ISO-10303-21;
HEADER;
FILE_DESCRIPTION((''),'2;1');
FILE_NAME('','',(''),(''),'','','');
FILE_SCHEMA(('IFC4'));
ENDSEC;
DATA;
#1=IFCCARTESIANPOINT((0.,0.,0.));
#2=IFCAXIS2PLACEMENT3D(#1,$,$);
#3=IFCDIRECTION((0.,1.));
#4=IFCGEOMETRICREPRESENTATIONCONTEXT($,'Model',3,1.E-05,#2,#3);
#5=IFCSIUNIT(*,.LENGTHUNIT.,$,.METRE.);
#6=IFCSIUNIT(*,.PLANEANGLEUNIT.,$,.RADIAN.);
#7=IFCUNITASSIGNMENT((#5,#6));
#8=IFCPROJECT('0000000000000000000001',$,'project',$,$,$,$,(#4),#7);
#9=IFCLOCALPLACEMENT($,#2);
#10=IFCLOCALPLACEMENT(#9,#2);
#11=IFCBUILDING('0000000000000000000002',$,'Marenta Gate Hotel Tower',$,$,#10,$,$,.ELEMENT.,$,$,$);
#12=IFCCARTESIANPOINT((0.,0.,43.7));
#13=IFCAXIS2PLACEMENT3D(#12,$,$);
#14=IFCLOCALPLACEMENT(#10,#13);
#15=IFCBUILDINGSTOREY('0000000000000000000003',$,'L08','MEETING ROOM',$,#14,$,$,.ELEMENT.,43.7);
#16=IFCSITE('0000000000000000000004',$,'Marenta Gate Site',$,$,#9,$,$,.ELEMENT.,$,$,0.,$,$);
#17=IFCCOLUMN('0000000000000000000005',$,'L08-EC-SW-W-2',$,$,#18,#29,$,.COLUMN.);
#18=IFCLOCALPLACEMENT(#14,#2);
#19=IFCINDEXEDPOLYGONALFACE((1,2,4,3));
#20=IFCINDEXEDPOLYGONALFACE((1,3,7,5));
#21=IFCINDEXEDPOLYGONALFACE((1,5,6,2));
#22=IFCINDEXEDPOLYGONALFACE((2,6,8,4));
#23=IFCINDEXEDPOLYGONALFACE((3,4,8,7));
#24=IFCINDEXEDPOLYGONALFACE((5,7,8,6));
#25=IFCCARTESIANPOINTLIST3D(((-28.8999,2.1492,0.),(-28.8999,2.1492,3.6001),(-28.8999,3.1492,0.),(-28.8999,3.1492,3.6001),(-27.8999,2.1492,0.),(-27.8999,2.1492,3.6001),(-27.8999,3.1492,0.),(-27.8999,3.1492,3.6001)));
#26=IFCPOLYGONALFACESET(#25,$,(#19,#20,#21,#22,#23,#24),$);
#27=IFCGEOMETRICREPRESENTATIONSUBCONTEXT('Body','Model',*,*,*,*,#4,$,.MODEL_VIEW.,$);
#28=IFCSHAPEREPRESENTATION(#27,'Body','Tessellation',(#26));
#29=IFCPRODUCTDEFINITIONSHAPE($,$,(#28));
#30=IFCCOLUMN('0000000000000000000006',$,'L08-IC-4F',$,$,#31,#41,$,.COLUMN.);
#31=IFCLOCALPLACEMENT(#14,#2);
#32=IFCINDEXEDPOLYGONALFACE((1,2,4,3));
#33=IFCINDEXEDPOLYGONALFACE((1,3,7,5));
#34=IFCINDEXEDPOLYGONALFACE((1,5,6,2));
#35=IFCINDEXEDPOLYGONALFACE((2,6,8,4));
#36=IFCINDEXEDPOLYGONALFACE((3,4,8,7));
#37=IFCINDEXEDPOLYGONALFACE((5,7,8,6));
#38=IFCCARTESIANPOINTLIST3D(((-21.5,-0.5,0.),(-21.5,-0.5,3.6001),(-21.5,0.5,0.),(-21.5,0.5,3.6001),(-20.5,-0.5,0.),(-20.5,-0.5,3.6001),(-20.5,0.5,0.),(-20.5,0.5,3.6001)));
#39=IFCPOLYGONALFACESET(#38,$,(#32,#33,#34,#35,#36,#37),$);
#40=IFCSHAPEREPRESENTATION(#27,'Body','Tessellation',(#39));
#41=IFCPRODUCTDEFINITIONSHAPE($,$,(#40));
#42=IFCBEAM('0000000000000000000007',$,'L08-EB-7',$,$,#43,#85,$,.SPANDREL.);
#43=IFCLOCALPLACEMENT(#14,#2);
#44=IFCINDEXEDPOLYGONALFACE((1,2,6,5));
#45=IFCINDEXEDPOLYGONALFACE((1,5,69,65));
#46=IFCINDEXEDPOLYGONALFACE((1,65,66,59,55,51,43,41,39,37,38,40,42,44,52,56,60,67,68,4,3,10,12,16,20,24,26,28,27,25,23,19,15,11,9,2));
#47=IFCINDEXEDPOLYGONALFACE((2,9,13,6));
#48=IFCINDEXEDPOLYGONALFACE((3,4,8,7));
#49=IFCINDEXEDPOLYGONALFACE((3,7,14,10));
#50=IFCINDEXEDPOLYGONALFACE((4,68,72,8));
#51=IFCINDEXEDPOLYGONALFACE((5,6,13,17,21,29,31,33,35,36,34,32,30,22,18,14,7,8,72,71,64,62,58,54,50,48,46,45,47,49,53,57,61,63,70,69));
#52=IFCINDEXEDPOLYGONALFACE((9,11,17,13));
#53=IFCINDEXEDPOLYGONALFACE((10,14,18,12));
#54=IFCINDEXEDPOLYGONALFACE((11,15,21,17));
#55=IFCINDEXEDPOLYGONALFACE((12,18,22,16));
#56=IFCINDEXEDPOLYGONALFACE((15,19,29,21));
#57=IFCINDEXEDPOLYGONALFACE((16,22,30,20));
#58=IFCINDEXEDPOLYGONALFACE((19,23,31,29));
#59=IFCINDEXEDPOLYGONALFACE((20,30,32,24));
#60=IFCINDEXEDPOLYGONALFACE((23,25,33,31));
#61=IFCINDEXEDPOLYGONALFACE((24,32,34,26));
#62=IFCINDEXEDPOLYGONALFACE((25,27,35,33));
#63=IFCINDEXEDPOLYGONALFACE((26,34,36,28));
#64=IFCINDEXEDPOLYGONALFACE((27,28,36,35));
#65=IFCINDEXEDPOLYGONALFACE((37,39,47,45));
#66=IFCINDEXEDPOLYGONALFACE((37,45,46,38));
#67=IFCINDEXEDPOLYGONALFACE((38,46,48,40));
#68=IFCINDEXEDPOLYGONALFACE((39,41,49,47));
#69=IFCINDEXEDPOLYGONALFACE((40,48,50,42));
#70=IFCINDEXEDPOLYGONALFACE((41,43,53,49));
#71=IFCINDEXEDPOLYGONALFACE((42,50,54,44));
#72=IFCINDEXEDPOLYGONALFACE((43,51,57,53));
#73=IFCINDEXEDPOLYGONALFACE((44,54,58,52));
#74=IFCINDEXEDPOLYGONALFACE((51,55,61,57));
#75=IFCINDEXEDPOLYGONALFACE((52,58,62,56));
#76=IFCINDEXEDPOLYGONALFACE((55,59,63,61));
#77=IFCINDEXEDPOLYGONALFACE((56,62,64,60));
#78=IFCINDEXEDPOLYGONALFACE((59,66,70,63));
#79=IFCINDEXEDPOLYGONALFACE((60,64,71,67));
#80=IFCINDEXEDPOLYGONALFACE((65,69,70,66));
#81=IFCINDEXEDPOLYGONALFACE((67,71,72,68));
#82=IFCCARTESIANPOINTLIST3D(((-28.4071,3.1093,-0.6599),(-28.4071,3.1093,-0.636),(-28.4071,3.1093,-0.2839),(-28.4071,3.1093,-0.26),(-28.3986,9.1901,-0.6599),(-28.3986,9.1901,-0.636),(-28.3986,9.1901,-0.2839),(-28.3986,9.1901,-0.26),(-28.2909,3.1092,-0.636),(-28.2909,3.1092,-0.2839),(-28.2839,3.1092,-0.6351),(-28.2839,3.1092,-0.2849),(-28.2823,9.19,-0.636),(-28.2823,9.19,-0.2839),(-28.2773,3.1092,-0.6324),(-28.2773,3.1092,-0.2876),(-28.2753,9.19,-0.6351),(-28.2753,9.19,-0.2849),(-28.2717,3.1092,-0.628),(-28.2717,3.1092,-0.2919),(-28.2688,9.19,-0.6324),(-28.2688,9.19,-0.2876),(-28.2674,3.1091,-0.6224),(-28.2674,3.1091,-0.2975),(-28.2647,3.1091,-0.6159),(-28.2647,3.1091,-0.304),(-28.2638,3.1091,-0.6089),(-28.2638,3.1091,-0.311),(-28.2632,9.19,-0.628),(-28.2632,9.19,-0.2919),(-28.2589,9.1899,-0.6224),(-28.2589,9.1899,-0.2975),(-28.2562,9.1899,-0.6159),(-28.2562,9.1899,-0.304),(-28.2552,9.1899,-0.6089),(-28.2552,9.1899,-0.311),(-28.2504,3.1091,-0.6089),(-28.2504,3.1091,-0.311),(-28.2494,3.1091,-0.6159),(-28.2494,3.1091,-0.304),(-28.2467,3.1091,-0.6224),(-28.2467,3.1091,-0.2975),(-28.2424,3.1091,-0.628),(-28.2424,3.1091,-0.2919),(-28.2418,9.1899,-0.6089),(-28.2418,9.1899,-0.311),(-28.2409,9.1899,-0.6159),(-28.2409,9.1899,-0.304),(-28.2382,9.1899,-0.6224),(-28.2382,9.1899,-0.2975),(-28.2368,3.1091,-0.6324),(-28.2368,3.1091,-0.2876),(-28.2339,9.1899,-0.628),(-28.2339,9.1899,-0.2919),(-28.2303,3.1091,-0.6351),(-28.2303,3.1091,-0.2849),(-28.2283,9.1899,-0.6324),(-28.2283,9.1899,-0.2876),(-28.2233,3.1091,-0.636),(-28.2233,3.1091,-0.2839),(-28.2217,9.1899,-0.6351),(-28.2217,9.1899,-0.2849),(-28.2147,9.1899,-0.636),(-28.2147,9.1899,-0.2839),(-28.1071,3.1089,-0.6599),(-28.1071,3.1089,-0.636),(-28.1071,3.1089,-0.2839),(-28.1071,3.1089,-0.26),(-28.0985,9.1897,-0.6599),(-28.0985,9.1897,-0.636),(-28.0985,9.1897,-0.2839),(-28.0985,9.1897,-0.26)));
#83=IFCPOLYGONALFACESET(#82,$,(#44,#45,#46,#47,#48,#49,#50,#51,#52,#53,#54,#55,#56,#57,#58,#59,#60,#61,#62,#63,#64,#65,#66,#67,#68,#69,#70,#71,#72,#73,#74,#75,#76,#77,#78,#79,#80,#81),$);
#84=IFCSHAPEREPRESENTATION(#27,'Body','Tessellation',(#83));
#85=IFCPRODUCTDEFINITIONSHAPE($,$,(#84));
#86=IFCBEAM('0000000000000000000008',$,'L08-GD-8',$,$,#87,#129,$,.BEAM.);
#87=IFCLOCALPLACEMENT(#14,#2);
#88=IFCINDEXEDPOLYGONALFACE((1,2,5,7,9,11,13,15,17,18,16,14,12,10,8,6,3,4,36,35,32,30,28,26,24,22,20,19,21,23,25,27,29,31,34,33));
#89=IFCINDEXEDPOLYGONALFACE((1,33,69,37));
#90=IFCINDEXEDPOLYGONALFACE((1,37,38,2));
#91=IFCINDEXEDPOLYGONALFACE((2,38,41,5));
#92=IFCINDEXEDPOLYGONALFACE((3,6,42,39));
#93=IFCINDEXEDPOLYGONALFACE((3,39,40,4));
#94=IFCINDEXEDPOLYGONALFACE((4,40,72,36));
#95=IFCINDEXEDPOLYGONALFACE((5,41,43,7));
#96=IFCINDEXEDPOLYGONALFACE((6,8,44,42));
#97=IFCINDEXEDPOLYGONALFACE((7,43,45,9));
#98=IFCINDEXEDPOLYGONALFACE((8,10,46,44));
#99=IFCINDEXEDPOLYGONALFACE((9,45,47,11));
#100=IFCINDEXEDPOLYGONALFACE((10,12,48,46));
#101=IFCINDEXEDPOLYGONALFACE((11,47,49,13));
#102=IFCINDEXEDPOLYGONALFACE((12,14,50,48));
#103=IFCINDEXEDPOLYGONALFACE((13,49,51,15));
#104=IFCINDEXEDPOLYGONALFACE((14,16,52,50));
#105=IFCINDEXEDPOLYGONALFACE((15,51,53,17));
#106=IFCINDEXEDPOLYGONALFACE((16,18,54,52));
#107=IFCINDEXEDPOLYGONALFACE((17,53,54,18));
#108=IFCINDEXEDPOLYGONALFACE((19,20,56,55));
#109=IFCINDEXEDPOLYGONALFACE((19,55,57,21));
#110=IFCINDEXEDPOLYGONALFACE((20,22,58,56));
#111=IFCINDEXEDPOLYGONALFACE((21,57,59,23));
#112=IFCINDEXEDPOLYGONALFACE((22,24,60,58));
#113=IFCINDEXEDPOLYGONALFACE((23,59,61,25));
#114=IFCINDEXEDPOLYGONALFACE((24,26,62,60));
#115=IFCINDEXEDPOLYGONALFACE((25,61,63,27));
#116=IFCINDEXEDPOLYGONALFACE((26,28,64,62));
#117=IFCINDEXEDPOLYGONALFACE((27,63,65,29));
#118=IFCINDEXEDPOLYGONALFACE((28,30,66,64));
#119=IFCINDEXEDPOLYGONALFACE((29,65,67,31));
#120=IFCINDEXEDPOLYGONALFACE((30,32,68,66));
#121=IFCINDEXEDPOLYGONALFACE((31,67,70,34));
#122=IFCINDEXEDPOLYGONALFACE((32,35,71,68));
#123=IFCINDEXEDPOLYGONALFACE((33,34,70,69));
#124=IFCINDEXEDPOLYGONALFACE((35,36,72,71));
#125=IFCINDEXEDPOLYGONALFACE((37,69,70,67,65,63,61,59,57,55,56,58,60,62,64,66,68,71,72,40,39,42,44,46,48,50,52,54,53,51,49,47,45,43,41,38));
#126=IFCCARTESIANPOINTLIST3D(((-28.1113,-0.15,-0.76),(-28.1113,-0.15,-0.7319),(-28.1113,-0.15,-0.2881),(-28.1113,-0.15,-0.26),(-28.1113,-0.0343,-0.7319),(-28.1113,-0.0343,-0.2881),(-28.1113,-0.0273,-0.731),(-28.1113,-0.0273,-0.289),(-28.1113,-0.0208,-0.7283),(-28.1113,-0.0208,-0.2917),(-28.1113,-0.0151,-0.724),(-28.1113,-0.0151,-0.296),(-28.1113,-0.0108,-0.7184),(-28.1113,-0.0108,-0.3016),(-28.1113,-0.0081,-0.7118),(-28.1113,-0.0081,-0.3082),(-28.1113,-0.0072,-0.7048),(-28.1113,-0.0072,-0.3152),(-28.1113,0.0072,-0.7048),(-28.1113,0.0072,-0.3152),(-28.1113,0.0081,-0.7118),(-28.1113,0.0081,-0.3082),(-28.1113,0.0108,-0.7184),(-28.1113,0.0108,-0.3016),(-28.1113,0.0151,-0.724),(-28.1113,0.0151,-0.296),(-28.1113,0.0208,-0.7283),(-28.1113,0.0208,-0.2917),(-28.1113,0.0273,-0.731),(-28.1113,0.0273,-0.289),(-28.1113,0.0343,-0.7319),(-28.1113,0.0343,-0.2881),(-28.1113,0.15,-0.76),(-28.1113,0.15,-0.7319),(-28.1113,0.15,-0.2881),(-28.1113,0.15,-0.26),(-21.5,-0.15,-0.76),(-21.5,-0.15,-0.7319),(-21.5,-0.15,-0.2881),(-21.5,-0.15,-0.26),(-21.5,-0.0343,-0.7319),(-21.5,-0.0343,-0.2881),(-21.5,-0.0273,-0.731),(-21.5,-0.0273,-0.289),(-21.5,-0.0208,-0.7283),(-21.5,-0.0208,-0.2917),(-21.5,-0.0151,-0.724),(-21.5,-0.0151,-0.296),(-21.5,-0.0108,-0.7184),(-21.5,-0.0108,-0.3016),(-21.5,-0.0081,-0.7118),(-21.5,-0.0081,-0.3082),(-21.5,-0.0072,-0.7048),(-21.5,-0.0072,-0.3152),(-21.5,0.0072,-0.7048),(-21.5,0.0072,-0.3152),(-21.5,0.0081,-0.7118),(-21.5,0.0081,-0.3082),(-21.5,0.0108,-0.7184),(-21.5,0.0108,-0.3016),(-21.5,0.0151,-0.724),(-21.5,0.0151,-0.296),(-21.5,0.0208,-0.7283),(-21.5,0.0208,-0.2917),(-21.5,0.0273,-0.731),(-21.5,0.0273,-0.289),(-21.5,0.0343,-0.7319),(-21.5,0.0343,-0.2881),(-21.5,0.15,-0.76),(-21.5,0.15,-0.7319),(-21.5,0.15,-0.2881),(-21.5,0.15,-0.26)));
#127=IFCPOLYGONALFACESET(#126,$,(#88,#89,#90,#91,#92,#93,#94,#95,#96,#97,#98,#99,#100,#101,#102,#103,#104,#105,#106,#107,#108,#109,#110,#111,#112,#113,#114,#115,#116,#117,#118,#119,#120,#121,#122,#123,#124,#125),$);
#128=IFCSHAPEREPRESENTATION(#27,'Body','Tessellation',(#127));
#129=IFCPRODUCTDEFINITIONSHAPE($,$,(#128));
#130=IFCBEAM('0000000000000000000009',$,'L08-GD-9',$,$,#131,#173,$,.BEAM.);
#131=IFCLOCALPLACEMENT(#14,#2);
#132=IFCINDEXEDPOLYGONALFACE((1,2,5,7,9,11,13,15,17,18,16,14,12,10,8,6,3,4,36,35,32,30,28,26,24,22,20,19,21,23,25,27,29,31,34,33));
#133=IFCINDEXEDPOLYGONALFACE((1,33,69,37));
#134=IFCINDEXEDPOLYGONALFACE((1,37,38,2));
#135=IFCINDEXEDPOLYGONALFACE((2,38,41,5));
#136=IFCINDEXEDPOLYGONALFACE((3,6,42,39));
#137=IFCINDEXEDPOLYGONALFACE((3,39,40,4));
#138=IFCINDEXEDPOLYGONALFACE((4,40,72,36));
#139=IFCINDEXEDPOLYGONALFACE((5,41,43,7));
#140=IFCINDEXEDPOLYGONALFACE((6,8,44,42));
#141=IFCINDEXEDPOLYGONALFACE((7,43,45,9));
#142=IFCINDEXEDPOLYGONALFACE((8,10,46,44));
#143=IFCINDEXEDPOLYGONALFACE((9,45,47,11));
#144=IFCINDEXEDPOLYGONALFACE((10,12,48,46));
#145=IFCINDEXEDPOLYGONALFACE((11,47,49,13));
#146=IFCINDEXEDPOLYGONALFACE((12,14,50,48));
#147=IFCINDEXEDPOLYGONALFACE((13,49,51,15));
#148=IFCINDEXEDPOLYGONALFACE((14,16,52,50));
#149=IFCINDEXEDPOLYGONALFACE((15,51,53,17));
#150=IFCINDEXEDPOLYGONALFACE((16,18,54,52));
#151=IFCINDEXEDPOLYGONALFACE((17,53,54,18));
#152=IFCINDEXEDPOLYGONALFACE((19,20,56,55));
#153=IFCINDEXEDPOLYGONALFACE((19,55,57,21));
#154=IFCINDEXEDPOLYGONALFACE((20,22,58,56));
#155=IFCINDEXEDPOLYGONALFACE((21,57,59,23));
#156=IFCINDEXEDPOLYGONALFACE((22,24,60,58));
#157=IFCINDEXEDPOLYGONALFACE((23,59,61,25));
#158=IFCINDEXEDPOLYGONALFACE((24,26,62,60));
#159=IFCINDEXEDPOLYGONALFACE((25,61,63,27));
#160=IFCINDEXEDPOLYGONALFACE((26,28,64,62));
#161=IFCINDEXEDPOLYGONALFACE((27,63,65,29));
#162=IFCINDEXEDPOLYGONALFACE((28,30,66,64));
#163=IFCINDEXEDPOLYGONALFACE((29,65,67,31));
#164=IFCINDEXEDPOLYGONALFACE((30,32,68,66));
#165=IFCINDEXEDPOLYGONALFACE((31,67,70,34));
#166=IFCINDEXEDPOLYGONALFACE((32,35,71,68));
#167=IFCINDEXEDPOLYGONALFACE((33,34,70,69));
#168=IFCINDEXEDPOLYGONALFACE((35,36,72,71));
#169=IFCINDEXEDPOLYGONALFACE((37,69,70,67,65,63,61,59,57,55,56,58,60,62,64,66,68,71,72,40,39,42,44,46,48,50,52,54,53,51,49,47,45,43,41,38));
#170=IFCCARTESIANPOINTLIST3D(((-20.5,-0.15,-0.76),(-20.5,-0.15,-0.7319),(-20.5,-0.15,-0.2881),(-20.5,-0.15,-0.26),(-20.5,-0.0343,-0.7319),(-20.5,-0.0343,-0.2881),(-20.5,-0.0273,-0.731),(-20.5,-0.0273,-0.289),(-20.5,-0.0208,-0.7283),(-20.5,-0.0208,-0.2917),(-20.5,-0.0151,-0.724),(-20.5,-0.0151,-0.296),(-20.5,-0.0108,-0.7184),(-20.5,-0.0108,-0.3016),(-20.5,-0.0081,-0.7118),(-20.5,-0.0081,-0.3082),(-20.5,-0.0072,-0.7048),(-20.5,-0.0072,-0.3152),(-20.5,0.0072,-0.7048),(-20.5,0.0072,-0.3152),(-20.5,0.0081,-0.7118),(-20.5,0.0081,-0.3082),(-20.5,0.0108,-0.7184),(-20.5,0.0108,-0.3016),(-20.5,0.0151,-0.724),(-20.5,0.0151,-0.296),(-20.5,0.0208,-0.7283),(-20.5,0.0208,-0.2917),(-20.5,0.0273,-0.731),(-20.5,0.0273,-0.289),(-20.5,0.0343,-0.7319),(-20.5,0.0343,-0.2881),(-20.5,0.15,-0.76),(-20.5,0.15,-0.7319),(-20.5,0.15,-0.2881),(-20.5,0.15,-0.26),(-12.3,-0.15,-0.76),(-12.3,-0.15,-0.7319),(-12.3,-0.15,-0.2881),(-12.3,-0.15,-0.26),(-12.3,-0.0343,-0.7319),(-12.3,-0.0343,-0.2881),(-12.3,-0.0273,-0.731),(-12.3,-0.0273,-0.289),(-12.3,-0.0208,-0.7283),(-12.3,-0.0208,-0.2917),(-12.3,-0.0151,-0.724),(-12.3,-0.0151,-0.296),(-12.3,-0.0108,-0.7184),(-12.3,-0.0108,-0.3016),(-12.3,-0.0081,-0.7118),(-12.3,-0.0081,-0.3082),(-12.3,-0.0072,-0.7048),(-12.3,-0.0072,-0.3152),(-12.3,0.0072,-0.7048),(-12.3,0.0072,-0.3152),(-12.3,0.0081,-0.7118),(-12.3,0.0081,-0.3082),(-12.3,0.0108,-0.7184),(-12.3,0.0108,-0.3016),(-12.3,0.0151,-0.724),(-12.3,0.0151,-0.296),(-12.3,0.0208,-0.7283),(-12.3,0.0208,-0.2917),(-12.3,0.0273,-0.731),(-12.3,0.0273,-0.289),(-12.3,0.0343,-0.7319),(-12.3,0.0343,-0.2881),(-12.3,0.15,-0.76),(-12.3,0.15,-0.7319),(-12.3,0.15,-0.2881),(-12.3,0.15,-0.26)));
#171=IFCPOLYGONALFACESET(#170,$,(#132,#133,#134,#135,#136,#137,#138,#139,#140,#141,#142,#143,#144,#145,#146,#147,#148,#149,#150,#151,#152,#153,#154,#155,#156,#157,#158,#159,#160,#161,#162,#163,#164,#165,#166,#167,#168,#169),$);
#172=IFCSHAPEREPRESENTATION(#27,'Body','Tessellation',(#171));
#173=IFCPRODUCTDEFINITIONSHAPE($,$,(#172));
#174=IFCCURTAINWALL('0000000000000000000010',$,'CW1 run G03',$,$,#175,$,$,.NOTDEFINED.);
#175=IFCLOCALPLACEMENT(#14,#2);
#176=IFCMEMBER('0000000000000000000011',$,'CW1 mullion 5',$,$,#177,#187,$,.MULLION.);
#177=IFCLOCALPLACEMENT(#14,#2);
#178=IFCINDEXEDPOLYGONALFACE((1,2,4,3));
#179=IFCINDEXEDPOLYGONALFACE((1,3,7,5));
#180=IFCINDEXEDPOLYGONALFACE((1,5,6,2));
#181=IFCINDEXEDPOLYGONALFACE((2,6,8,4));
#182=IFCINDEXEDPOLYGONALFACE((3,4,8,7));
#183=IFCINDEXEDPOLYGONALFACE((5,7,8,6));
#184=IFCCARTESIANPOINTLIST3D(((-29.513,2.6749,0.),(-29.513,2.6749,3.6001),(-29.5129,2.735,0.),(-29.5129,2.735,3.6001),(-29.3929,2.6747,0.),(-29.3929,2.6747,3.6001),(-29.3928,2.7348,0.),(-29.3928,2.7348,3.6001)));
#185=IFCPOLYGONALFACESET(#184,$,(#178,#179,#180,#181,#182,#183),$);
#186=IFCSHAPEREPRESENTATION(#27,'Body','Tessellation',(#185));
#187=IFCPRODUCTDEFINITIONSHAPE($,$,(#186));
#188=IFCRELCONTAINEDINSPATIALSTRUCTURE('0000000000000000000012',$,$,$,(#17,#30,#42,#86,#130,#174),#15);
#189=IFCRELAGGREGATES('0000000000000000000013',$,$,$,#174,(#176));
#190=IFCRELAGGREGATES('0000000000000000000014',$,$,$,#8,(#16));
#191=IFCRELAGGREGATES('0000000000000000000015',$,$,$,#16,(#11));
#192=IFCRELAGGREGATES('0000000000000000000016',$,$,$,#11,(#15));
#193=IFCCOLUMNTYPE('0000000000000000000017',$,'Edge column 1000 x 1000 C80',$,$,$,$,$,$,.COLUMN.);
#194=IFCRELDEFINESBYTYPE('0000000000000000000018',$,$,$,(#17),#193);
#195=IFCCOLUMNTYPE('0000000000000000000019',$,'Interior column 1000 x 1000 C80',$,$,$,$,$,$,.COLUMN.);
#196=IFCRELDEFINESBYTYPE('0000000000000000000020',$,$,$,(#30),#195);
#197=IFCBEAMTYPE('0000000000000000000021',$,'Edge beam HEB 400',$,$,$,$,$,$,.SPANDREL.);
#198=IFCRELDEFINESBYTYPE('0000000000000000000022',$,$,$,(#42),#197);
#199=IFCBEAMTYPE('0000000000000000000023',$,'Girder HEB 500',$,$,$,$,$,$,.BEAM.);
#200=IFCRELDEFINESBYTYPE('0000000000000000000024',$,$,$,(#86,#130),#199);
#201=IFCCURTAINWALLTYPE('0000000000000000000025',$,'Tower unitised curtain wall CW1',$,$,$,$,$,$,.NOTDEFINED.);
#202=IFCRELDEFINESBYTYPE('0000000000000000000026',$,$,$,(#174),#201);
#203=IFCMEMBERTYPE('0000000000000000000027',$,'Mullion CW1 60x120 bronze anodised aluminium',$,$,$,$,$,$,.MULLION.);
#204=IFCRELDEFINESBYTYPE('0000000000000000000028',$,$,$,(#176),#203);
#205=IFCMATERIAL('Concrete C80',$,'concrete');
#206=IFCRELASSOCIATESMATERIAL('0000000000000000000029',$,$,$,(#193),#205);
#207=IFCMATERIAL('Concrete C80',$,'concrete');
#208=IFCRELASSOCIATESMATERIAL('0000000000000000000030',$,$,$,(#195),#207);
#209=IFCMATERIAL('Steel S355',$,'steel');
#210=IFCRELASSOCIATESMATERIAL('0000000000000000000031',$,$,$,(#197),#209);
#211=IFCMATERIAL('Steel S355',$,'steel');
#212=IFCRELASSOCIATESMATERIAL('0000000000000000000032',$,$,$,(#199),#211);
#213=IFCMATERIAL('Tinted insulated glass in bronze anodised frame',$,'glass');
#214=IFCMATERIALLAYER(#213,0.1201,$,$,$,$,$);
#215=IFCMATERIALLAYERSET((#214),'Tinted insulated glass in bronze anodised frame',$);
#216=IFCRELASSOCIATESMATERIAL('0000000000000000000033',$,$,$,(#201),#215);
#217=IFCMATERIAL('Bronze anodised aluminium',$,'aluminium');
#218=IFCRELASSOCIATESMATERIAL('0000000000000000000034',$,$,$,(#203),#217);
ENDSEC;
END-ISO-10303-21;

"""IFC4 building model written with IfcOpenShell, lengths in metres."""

from ifc_helpers import new_model, si_unit, direction, frame, origin, origin_2d, place, context, subcontext, project, spatial, rectangle, i_section, extrude, material, layer, layer_set, material_profile, profile_set, type_object, element, aggregate, save


model = new_model("IFC4")

# Units and contexts
model_context = context("Model", 3, precision=1e-05, world=origin(), true_north=direction((0.0, 1.0)))
body_context = subcontext(model_context, "Body", "Model", "MODEL_VIEW")
ifc_project = project(units=[si_unit("LENGTHUNIT", "METRE"), si_unit("PLANEANGLEUNIT", "RADIAN")], contexts=[model_context])

# Site, building, storey
site_placement = place(None, origin())
site = spatial("IfcSite", under=ifc_project, at=site_placement, Name="Marenta Gate Site", CompositionType="ELEMENT", RefElevation=0.0)
building_placement = place(site_placement, origin())
building = spatial("IfcBuilding", under=site, at=building_placement, Name="Marenta Gate Hotel Tower", CompositionType="ELEMENT")
storey_placement = place(building_placement, frame((0.0, 0.0, 43.7)))
storey = spatial("IfcBuildingStorey", under=building, at=storey_placement, Name="L08", Description="MEETING ROOM", CompositionType="ELEMENT", Elevation=43.7)

# Columns
ifc_material_1 = material(Name="Concrete C80", Category="concrete")
ifc_material_profile_1 = material_profile(ifc_material_1, rectangle(XDim=1.0, YDim=1.0, at=origin_2d()), Name="1000 x 1000")
ifc_profile_set_1 = profile_set([ifc_material_profile_1], Name="Concrete C80")
column_type_1 = type_object("IfcColumnType", Name="Edge column 1000 x 1000 C80", PredefinedType="COLUMN", material=ifc_profile_set_1)
column_1_placement = place(storey_placement, frame((-28.3999, 2.6492, 0.0), z_axis=(0.0, 0.0, 1.0), x_axis=(1.0, 0.0, 0.0)))
element("IfcColumn", 1, at=column_1_placement, inside=storey, type_object=column_type_1, Name="L08-EC-SW-W-2", PredefinedType="COLUMN", context=body_context, shape_type="SweptSolid", body=[
    extrude(rectangle(XDim=1.0, YDim=1.0, at=origin_2d()), origin(), (0.0, 0.0, 1.0), 3.6001),
])
ifc_material_2 = material(Name="Concrete C80", Category="concrete")
ifc_material_profile_2 = material_profile(ifc_material_2, rectangle(XDim=1.0, YDim=1.0, at=origin_2d()), Name="1000 x 1000")
ifc_profile_set_2 = profile_set([ifc_material_profile_2], Name="Concrete C80")
column_type_2 = type_object("IfcColumnType", Name="Interior column 1000 x 1000 C80", PredefinedType="COLUMN", material=ifc_profile_set_2)
column_2_placement = place(storey_placement, frame((-21.0, 0.0, 0.0), z_axis=(0.0, 0.0, 1.0), x_axis=(1.0, 0.0, 0.0)))
element("IfcColumn", 2, at=column_2_placement, inside=storey, type_object=column_type_2, Name="L08-IC-4F", PredefinedType="COLUMN", context=body_context, shape_type="SweptSolid", body=[
    extrude(rectangle(XDim=1.0, YDim=1.0, at=origin_2d()), origin(), (0.0, 0.0, 1.0), 3.6001),
])

# Beams
ifc_material_3 = material(Name="Steel S355", Category="steel")
ifc_material_profile_3 = material_profile(ifc_material_3, i_section(OverallWidth=0.3, OverallDepth=0.3999, WebThickness=0.0134, FlangeThickness=0.0239, FilletRadius=0.0271, at=origin_2d()), Name="HEB 400")
ifc_profile_set_3 = profile_set([ifc_material_profile_3], Name="Steel S355")
beam_type_1 = type_object("IfcBeamType", Name="Edge beam HEB 400", PredefinedType="SPANDREL", material=ifc_profile_set_3)
beam_1_placement = place(storey_placement, frame((-28.2571, 3.1091, -0.46), z_axis=(0.001405, 0.999999, 0.0), x_axis=(-0.999999, 0.001405, 0.0)))
element("IfcBeam", 3, at=beam_1_placement, inside=storey, type_object=beam_type_1, Name="L08-EB-7", PredefinedType="SPANDREL", context=body_context, shape_type="SweptSolid", body=[
    extrude(i_section(OverallWidth=0.3, OverallDepth=0.3999, WebThickness=0.0134, FlangeThickness=0.0239, FilletRadius=0.0271, at=origin_2d()), origin(), (0.0, 0.0, 1.0), 6.0808),
])
ifc_material_4 = material(Name="Steel S355", Category="steel")
ifc_material_profile_4 = material_profile(ifc_material_4, i_section(OverallWidth=0.3, OverallDepth=0.5, WebThickness=0.0144, FlangeThickness=0.0281, FilletRadius=0.0271, at=origin_2d()), Name="HEB 500")
ifc_profile_set_4 = profile_set([ifc_material_profile_4], Name="Steel S355")
beam_type_2 = type_object("IfcBeamType", Name="Girder HEB 500", PredefinedType="BEAM", material=ifc_profile_set_4)
beam_2_placement = place(storey_placement, frame((-28.1113, 0.0, -0.51), z_axis=(1.0, 0.0, 0.0), x_axis=(0.0, 1.0, 0.0)))
element("IfcBeam", 4, at=beam_2_placement, inside=storey, type_object=beam_type_2, Name="L08-GD-8", PredefinedType="BEAM", context=body_context, shape_type="SweptSolid", body=[
    extrude(i_section(OverallWidth=0.3, OverallDepth=0.5, WebThickness=0.0144, FlangeThickness=0.0281, FilletRadius=0.0271, at=origin_2d()), origin(), (0.0, 0.0, 1.0), 6.6113),
])
beam_3_placement = place(storey_placement, frame((-20.5, 0.0, -0.51), z_axis=(1.0, 0.0, 0.0), x_axis=(0.0, 1.0, 0.0)))
element("IfcBeam", 5, at=beam_3_placement, inside=storey, type_object=beam_type_2, Name="L08-GD-9", PredefinedType="BEAM", context=body_context, shape_type="SweptSolid", body=[
    extrude(i_section(OverallWidth=0.3, OverallDepth=0.5, WebThickness=0.0144, FlangeThickness=0.0281, FilletRadius=0.0271, at=origin_2d()), origin(), (0.0, 0.0, 1.0), 8.2),
])

# Curtain wall, member
ifc_material_5 = material(Name="Tinted insulated glass in bronze anodised frame", Category="glass")
ifc_layer_1 = layer(ifc_material_5, 0.1201)
ifc_layer_set_1 = layer_set([ifc_layer_1], Name="Tinted insulated glass in bronze anodised frame")
curtain_wall_type = type_object("IfcCurtainWallType", Name="Tower unitised curtain wall CW1", PredefinedType="NOTDEFINED", material=ifc_layer_set_1)
curtain_wall_placement = place(storey_placement, origin())
curtain_wall = element("IfcCurtainWall", 6, at=curtain_wall_placement, inside=storey, type_object=curtain_wall_type, Name="CW1 run G03", PredefinedType="NOTDEFINED")
ifc_material_6 = material(Name="Bronze anodised aluminium", Category="aluminium")
ifc_material_profile_5 = material_profile(ifc_material_6, rectangle(XDim=0.1201, YDim=0.0601, at=origin_2d()), Name="Mullion CW1 60x120 bronze anodised aluminium")
ifc_profile_set_5 = profile_set([ifc_material_profile_5], Name="Bronze anodised aluminium")
member_type_1 = type_object("IfcMemberType", Name="Mullion CW1 60x120 bronze anodised aluminium", PredefinedType="MULLION", material=ifc_profile_set_5)
member_1_placement = place(storey_placement, frame((-29.4529, 2.7048, 0.0), z_axis=(0.0, 0.0, 1.0), x_axis=(0.999999, -0.001566, 0.0)))
member_1 = element("IfcMember", 7, at=member_1_placement, type_object=member_type_1, Name="CW1 mullion 5", PredefinedType="MULLION", context=body_context, shape_type="SweptSolid", body=[
    extrude(rectangle(XDim=0.1201, YDim=0.0601, at=origin_2d()), origin(), (0.0, 0.0, 1.0), 3.6001),
])
aggregate(curtain_wall, [member_1])

save(model, "model.ifc")
